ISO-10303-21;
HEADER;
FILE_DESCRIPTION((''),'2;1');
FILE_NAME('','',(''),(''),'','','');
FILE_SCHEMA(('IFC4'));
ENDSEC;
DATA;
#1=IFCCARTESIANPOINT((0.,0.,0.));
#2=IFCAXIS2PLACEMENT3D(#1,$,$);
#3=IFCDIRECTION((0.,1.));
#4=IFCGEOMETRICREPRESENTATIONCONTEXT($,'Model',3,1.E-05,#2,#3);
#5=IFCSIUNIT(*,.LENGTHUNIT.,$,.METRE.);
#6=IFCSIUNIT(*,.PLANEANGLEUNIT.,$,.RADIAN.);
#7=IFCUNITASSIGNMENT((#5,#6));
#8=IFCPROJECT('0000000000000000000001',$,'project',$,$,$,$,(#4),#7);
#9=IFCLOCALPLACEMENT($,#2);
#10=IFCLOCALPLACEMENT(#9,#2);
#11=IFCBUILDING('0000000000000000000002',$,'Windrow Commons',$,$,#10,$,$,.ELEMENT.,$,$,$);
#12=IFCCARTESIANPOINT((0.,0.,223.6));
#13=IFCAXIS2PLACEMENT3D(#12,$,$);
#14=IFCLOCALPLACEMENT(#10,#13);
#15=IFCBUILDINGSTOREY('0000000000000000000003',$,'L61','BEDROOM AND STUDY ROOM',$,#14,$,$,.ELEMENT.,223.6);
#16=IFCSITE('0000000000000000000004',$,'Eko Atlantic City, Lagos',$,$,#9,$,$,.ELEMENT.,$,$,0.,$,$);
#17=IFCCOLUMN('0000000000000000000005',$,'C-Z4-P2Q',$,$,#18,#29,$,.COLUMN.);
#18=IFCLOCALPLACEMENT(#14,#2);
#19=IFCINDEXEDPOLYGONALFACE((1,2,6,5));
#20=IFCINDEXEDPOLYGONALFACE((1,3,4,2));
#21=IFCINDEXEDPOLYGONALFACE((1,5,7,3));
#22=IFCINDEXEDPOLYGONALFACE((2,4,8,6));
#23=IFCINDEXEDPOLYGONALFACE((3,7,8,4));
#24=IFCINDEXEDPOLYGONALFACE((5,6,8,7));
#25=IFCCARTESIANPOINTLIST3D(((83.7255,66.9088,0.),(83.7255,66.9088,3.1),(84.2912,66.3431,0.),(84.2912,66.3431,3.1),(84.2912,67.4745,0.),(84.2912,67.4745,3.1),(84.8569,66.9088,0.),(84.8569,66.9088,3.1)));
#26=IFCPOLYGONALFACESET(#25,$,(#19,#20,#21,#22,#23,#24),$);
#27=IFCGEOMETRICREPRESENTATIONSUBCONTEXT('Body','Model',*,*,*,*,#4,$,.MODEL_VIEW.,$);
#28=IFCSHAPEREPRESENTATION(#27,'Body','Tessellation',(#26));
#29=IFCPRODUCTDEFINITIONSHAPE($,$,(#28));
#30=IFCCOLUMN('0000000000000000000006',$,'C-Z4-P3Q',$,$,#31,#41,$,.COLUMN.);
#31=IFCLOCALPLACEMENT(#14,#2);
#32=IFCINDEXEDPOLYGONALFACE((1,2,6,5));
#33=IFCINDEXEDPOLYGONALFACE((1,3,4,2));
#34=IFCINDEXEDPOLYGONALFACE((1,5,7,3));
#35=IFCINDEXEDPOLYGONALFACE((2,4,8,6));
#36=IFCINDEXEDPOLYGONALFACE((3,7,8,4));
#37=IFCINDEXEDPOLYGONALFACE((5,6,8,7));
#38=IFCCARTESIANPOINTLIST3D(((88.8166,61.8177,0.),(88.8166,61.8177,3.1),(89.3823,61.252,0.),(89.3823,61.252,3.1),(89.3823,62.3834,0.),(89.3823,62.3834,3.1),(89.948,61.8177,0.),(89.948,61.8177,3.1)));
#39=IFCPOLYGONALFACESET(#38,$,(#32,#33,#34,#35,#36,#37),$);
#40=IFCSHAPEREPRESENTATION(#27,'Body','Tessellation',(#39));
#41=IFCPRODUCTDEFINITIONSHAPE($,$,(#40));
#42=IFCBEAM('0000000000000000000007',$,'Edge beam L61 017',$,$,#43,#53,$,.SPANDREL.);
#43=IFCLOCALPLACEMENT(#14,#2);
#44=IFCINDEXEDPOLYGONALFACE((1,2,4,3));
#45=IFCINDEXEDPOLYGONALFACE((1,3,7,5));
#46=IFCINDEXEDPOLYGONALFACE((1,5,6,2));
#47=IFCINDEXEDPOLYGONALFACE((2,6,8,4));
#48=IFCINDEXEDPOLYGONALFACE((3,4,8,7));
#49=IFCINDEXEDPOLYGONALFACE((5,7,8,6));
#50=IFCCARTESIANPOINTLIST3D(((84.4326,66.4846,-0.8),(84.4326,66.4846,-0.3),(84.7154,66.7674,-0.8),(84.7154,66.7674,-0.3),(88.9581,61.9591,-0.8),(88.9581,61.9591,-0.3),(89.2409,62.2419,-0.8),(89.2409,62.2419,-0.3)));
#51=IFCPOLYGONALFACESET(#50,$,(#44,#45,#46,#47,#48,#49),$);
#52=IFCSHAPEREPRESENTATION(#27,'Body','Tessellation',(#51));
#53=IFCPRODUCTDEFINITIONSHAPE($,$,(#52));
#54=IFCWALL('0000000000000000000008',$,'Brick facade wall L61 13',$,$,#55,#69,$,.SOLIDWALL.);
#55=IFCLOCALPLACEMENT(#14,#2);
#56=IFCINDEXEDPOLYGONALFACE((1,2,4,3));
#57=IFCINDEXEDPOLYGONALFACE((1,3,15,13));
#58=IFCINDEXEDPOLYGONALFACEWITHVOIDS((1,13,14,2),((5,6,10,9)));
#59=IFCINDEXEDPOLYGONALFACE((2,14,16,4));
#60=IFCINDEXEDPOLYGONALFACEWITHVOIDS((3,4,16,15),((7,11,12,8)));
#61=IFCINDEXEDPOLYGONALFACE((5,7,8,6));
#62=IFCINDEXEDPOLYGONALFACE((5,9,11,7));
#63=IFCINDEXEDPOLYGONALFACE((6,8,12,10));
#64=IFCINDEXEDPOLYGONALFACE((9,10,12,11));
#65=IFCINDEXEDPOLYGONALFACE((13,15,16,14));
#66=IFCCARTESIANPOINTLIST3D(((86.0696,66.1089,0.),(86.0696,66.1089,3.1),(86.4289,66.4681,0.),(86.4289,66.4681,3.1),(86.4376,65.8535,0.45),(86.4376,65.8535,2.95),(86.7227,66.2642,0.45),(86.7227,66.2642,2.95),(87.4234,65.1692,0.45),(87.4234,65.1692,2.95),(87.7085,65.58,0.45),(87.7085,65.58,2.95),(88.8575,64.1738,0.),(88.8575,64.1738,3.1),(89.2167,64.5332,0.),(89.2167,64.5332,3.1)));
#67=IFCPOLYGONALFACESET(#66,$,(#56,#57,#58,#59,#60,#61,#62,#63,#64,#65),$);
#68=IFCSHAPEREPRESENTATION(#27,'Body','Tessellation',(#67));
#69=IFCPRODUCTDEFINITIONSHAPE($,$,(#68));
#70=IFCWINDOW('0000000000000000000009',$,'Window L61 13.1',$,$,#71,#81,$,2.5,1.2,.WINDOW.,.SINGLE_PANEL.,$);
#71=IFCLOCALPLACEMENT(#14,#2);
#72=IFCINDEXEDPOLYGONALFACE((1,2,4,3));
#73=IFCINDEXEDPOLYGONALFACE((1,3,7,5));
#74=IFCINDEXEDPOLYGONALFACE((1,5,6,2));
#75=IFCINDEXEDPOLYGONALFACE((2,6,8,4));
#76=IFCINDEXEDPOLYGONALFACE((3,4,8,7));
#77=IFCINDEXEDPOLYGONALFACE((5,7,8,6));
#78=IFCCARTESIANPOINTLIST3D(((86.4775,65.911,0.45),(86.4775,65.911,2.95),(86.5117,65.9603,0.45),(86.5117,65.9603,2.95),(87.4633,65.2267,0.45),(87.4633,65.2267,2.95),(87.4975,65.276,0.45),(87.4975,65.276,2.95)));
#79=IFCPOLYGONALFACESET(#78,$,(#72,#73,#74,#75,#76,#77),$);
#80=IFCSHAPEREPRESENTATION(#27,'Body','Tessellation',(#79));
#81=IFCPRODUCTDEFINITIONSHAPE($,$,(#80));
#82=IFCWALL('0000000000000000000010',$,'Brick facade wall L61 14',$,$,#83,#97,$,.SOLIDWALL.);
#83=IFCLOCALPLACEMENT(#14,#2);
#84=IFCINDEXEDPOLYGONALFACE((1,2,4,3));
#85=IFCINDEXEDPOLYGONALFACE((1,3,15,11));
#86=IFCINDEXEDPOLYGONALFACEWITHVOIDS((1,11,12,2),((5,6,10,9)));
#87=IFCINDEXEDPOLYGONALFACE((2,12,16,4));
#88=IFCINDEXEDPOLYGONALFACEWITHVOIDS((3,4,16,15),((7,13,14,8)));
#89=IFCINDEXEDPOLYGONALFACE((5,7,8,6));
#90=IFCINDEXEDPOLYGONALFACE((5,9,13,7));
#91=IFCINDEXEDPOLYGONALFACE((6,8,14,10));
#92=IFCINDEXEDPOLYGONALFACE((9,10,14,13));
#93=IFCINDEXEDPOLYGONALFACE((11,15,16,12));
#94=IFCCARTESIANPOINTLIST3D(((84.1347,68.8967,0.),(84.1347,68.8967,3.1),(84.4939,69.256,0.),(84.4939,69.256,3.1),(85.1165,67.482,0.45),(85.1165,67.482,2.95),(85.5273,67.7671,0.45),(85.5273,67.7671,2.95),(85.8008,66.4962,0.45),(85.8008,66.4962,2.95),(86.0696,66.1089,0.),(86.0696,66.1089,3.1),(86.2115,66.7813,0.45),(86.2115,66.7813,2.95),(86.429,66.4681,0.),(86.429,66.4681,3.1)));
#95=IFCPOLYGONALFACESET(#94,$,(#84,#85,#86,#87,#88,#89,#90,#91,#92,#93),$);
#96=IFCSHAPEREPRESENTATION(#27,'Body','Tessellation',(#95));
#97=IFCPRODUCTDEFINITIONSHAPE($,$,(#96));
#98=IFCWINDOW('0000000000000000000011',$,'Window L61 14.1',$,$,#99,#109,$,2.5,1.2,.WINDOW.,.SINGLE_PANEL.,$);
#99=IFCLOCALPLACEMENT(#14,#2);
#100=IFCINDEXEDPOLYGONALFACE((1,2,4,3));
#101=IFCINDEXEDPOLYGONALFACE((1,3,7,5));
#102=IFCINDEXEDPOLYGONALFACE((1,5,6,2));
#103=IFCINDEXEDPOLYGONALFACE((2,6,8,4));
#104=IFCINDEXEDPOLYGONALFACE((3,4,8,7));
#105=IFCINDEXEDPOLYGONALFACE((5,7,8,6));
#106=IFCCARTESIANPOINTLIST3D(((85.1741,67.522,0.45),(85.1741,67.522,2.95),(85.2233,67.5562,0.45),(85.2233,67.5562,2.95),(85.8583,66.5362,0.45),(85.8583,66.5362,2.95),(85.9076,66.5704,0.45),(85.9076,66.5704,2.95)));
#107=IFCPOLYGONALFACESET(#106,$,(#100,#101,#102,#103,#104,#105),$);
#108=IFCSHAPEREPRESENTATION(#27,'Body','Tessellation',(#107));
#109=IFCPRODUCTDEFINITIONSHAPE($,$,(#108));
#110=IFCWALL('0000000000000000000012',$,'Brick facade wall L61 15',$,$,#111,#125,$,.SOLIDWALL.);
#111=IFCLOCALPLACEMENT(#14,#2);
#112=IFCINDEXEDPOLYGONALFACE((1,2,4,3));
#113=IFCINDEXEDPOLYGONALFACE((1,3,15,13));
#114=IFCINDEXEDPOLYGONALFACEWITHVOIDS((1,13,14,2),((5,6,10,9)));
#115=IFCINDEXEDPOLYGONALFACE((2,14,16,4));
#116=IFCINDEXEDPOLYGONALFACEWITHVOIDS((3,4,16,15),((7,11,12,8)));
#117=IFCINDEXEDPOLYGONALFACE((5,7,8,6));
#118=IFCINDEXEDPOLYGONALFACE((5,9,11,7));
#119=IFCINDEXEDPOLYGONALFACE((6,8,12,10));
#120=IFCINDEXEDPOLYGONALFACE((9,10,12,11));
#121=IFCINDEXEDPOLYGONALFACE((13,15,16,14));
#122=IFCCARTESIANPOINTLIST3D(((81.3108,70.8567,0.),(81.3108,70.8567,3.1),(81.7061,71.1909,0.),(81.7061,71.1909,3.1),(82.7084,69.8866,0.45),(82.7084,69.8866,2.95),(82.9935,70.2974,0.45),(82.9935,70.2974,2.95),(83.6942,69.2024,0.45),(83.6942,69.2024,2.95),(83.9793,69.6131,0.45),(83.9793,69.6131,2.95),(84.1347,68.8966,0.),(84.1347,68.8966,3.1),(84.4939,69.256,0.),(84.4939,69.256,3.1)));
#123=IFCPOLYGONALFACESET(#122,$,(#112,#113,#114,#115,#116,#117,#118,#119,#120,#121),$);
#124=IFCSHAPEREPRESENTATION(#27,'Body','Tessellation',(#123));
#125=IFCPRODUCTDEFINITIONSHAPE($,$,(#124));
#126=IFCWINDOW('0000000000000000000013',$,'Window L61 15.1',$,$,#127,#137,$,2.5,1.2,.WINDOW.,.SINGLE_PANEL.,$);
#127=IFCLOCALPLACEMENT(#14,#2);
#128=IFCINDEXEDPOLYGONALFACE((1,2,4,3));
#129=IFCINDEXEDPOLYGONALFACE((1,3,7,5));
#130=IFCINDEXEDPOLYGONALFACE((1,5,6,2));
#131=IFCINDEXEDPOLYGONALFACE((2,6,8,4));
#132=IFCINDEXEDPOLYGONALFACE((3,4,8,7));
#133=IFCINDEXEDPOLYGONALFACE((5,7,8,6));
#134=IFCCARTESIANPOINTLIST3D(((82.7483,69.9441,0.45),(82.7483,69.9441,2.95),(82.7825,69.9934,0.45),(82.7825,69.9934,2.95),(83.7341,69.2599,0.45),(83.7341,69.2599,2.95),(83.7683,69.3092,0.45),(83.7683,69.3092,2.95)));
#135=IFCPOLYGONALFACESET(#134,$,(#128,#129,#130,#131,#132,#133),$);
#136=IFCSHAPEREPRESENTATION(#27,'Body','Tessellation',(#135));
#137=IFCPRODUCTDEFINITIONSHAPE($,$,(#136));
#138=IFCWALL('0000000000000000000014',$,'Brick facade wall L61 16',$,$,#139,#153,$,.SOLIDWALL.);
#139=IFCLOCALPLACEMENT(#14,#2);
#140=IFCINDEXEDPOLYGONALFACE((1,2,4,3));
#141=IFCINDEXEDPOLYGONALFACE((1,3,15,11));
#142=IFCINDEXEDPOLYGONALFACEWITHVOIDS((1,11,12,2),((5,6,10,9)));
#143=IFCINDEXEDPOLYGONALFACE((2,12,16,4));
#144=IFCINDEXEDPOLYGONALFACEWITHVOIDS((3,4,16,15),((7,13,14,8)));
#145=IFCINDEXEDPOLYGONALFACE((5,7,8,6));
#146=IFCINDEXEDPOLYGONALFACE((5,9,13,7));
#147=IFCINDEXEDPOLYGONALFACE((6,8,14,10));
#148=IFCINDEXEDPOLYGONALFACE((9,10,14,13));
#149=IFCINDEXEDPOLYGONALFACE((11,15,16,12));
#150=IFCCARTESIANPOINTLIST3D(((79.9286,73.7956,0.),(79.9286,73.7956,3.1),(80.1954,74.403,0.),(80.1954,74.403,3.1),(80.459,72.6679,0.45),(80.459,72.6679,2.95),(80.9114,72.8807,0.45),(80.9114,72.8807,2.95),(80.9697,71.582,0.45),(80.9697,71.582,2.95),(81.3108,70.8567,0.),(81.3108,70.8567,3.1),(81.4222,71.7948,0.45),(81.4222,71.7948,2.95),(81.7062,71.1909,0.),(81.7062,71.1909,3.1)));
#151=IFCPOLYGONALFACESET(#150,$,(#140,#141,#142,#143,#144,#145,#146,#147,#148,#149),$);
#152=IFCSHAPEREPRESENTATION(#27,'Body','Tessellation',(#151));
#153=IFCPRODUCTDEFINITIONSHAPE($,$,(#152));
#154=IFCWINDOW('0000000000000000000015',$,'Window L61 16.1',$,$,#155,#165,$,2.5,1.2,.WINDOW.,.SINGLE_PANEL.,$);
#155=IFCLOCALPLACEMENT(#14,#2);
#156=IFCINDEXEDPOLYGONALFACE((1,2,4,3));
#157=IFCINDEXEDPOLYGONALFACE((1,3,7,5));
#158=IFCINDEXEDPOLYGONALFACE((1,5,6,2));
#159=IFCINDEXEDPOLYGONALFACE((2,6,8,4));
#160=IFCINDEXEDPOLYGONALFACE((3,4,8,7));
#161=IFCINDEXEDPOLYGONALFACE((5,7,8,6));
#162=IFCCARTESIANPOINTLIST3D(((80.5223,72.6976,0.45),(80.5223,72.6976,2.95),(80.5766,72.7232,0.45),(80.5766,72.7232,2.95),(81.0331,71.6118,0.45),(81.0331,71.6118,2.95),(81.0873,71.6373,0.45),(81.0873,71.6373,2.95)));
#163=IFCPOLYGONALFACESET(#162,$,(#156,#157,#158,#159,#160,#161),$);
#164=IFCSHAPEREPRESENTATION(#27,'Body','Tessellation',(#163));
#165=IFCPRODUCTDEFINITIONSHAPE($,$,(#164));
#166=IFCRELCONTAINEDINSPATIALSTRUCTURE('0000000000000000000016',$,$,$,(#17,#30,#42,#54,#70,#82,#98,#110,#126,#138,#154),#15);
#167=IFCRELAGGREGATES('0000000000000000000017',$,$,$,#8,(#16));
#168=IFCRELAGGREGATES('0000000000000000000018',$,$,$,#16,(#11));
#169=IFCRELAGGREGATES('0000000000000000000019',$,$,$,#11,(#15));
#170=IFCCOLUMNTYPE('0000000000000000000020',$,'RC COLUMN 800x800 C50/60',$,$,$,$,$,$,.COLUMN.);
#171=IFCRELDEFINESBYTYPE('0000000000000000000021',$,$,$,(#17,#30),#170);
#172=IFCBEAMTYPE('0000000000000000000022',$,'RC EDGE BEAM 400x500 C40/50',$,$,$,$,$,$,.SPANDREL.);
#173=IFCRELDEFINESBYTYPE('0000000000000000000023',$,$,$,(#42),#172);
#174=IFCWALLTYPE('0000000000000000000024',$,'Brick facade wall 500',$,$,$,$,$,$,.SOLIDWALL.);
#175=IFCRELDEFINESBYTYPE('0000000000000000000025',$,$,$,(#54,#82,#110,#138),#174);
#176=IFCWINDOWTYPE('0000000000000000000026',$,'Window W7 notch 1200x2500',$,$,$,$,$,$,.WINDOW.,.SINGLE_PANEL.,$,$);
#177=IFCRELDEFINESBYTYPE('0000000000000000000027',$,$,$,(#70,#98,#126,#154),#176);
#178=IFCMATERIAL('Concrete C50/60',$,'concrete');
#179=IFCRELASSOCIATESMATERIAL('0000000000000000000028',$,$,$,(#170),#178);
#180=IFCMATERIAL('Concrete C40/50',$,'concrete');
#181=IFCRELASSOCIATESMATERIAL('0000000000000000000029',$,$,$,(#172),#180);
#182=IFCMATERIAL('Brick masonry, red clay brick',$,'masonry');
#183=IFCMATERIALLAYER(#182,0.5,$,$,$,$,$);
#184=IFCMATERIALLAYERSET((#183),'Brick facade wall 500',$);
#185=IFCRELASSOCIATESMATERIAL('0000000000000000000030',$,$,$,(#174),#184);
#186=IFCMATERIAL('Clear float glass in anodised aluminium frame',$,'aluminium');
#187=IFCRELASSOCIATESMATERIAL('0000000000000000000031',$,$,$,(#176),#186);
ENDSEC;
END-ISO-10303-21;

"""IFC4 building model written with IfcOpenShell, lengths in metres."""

from ifc_helpers import new_model, si_unit, direction, frame, frame_2d, origin, origin_2d, place, context, subcontext, project, spatial, polyline, rectangle, outline, extrude, material, layer, layer_set, material_profile, profile_set, type_object, element, fill, save


model = new_model("IFC4")

# Units and contexts
model_context = context("Model", 3, precision=1e-05, world=origin(), true_north=direction((0.0, 1.0)))
body_context = subcontext(model_context, "Body", "Model", "MODEL_VIEW")
ifc_project = project(units=[si_unit("LENGTHUNIT", "METRE"), si_unit("PLANEANGLEUNIT", "RADIAN")], contexts=[model_context])

# Site, building, storey
site_placement = place(None, origin())
site = spatial("IfcSite", under=ifc_project, at=site_placement, Name="Eko Atlantic City, Lagos", CompositionType="ELEMENT", RefElevation=0.0)
building_placement = place(site_placement, origin())
building = spatial("IfcBuilding", under=site, at=building_placement, Name="Windrow Commons", CompositionType="ELEMENT")
storey_placement = place(building_placement, frame((0.0, 0.0, 223.6)))
storey = spatial("IfcBuildingStorey", under=building, at=storey_placement, Name="L61", Description="BEDROOM AND STUDY ROOM", CompositionType="ELEMENT", Elevation=223.6)

# Columns
ifc_material_1 = material(Name="Concrete C50/60", Category="concrete")
ifc_material_profile_1 = material_profile(ifc_material_1, rectangle(XDim=0.8, YDim=0.8, at=origin_2d()))
ifc_profile_set_1 = profile_set([ifc_material_profile_1], Name="Concrete C50/60")
column_type = type_object("IfcColumnType", Name="RC COLUMN 800x800 C50/60", PredefinedType="COLUMN", material=ifc_profile_set_1)
for number, where, z_axis, x_axis, name in (
    (1, (84.2912, 66.9088, 0.0), (0.0, 0.0, 1.0), (0.707107, -0.707107, 0.0), "C-Z4-P2Q"),
    (2, (89.3823, 61.8177, 0.0), (0.0, 0.0, 1.0), (0.707107, -0.707107, 0.0), "C-Z4-P3Q"),
):
    element("IfcColumn", number, at=place(storey_placement, frame(where, z_axis=z_axis, x_axis=x_axis)), inside=storey, type_object=column_type, Name=name, PredefinedType="COLUMN", context=body_context, shape_type="SweptSolid", body=[
        extrude(rectangle(XDim=0.8, YDim=0.8, at=origin_2d()), origin(), (0.0, 0.0, 1.0), 3.1),
    ])

# Beam
ifc_material_2 = material(Name="Concrete C40/50", Category="concrete")
ifc_material_profile_2 = material_profile(ifc_material_2, rectangle(XDim=0.4, YDim=0.5, at=origin_2d()))
ifc_profile_set_2 = profile_set([ifc_material_profile_2], Name="Concrete C40/50")
beam_type = type_object("IfcBeamType", Name="RC EDGE BEAM 400x500 C40/50", PredefinedType="SPANDREL", material=ifc_profile_set_2)
beam_placement = place(storey_placement, frame((84.574, 66.626, -0.55), z_axis=(0.707107, -0.707107, 0.0), x_axis=(0.707107, 0.707107, 0.0)))
element("IfcBeam", 3, at=beam_placement, inside=storey, type_object=beam_type, Name="Edge beam L61 017", PredefinedType="SPANDREL", context=body_context, shape_type="SweptSolid", body=[
    extrude(rectangle(XDim=0.4, YDim=0.5, at=origin_2d()), origin(), (0.0, 0.0, 1.0), 6.4),
])

# Walls, openings, windows
ifc_material_3 = material(Name="Brick masonry, red clay brick", Category="masonry")
ifc_layer_1 = layer(ifc_material_3, 0.5)
ifc_layer_set_1 = layer_set([ifc_layer_1], Name="Brick facade wall 500")
wall_type_1 = type_object("IfcWallType", Name="Brick facade wall 500", PredefinedType="SOLIDWALL", material=ifc_layer_set_1)
wall_1_placement = place(storey_placement, frame((89.0371, 64.3535, 0.0), z_axis=(0.0, 0.0, 1.0), x_axis=(-0.821504, 0.570203, 0.0)))
wall_1 = element("IfcWall", 4, at=wall_1_placement, inside=storey, type_object=wall_type_1, Name="Brick facade wall L61 13", PredefinedType="SOLIDWALL", context=body_context, shape_type="SweptSolid", body=[
    extrude(outline(polyline([(-0.0451, -0.25), (3.3484, -0.25), (3.4387, 0.25), (0.0451, 0.25), (-0.0451, -0.25)])), origin(), (0.0, 0.0, 1.0), 3.1),
])
opening_1_placement = place(wall_1_placement, frame((1.7908, 0.0, 0.45)))
opening_1 = element("IfcOpeningElement", 5, at=opening_1_placement, cuts=wall_1, PredefinedType="OPENING", context=body_context, shape_type="SweptSolid", body=[
    extrude(rectangle(XDim=1.2, YDim=2.5, at=frame_2d((0.6, 1.25))), frame((0.0, 0.26, 0.0), z_axis=(0.0, -1.0, 0.0), x_axis=(1.0, 0.0, 0.0)), (0.0, 0.0, 1.0), 0.52),
])
ifc_material_4 = material(Name="Clear float glass in anodised aluminium frame", Category="aluminium")
window_type = type_object("IfcWindowType", Name="Window W7 notch 1200x2500", PartitioningType="SINGLE_PANEL", PredefinedType="WINDOW", material=ifc_material_4)
window_1_placement = place(opening_1_placement, origin())
window_1 = element("IfcWindow", 6, at=window_1_placement, inside=storey, type_object=window_type, Name="Window L61 13.1", OverallHeight=2.5, OverallWidth=1.2, PartitioningType="SINGLE_PANEL", PredefinedType="WINDOW", context=body_context, shape_type="SweptSolid", body=[
    extrude(rectangle(XDim=1.2, YDim=2.5, at=frame_2d((0.6, 1.25))), frame((0.0, 0.18, 0.0), z_axis=(0.0, -1.0, 0.0), x_axis=(1.0, 0.0, 0.0)), (0.0, 0.0, 1.0), 0.06),
])
fill(opening_1, window_1)
wall_2_placement = place(storey_placement, frame((86.2493, 66.2885, 0.0), z_axis=(0.0, 0.0, 1.0), x_axis=(-0.570203, 0.821504, 0.0)))
wall_2 = element("IfcWall", 7, at=wall_2_placement, inside=storey, type_object=wall_type_1, Name="Brick facade wall L61 14", PredefinedType="SOLIDWALL", context=body_context, shape_type="SweptSolid", body=[
    extrude(outline(polyline([(0.0451, -0.25), (3.4387, -0.25), (3.3484, 0.25), (-0.0451, 0.25), (0.0451, -0.25)])), origin(), (0.0, 0.0, 1.0), 3.1),
])
opening_2_placement = place(wall_2_placement, frame((0.4264, 0.0, 0.45)))
opening_2 = element("IfcOpeningElement", 8, at=opening_2_placement, cuts=wall_2, PredefinedType="OPENING", context=body_context, shape_type="SweptSolid", body=[
    extrude(rectangle(XDim=1.2, YDim=2.5, at=frame_2d((0.6, 1.25))), frame((0.0, 0.26, 0.0), z_axis=(0.0, -1.0, 0.0), x_axis=(1.0, 0.0, 0.0)), (0.0, 0.0, 1.0), 0.52),
])
window_2_placement = place(opening_2_placement, origin())
window_2 = element("IfcWindow", 9, at=window_2_placement, inside=storey, type_object=window_type, Name="Window L61 14.1", OverallHeight=2.5, OverallWidth=1.2, PartitioningType="SINGLE_PANEL", PredefinedType="WINDOW", context=body_context, shape_type="SweptSolid", body=[
    extrude(rectangle(XDim=1.2, YDim=2.5, at=frame_2d((0.6, 1.25))), frame((0.0, 0.18, 0.0), z_axis=(0.0, -1.0, 0.0), x_axis=(1.0, 0.0, 0.0)), (0.0, 0.0, 1.0), 0.06),
])
fill(opening_2, window_2)
wall_3_placement = place(storey_placement, frame((84.3143, 69.0763, 0.0), z_axis=(0.0, 0.0, 1.0), x_axis=(-0.821503, 0.570204, 0.0)))
wall_3 = element("IfcWall", 10, at=wall_3_placement, inside=storey, type_object=wall_type_1, Name="Brick facade wall L61 15", PredefinedType="SOLIDWALL", context=body_context, shape_type="SweptSolid", body=[
    extrude(outline(polyline([(-0.0451, -0.25), (3.3484, -0.25), (3.4826, 0.25), (0.0451, 0.25), (-0.0451, -0.25)])), origin(), (0.0, 0.0, 1.0), 3.1),
])
opening_3_placement = place(wall_3_placement, frame((0.5813, 0.0, 0.45)))
opening_3 = element("IfcOpeningElement", 11, at=opening_3_placement, cuts=wall_3, PredefinedType="OPENING", context=body_context, shape_type="SweptSolid", body=[
    extrude(rectangle(XDim=1.2, YDim=2.5, at=frame_2d((0.6, 1.25))), frame((0.0, 0.26, 0.0), z_axis=(0.0, -1.0, 0.0), x_axis=(1.0, 0.0, 0.0)), (0.0, 0.0, 1.0), 0.52),
])
window_3_placement = place(opening_3_placement, origin())
window_3 = element("IfcWindow", 12, at=window_3_placement, inside=storey, type_object=window_type, Name="Window L61 15.1", OverallHeight=2.5, OverallWidth=1.2, PartitioningType="SINGLE_PANEL", PredefinedType="WINDOW", context=body_context, shape_type="SweptSolid", body=[
    extrude(rectangle(XDim=1.2, YDim=2.5, at=frame_2d((0.6, 1.25))), frame((0.0, 0.18, 0.0), z_axis=(0.0, -1.0, 0.0), x_axis=(1.0, 0.0, 0.0)), (0.0, 0.0, 1.0), 0.06),
])
fill(opening_3, window_3)
wall_4_placement = place(storey_placement, frame((81.5085, 71.0238, 0.0), z_axis=(0.0, 0.0, 1.0), x_axis=(-0.425606, 0.904909, 0.0)))
wall_4 = element("IfcWall", 13, at=wall_4_placement, inside=storey, type_object=wall_type_1, Name="Brick facade wall L61 16", PredefinedType="SOLIDWALL", context=body_context, shape_type="SweptSolid", body=[
    extrude(outline(polyline([(0.0671, -0.25), (3.6167, -0.25), (3.1806, 0.25), (-0.0671, 0.25), (0.0671, -0.25)])), origin(), (0.0, 0.0, 1.0), 3.1),
])
opening_4_placement = place(wall_4_placement, frame((0.7344, 0.0, 0.45)))
opening_4 = element("IfcOpeningElement", 14, at=opening_4_placement, cuts=wall_4, PredefinedType="OPENING", context=body_context, shape_type="SweptSolid", body=[
    extrude(rectangle(XDim=1.2, YDim=2.5, at=frame_2d((0.6, 1.25))), frame((0.0, 0.26, 0.0), z_axis=(0.0, -1.0, 0.0), x_axis=(1.0, 0.0, 0.0)), (0.0, 0.0, 1.0), 0.52),
])
window_4_placement = place(opening_4_placement, origin())
window_4 = element("IfcWindow", 15, at=window_4_placement, inside=storey, type_object=window_type, Name="Window L61 16.1", OverallHeight=2.5, OverallWidth=1.2, PartitioningType="SINGLE_PANEL", PredefinedType="WINDOW", context=body_context, shape_type="SweptSolid", body=[
    extrude(rectangle(XDim=1.2, YDim=2.5, at=frame_2d((0.6, 1.25))), frame((0.0, 0.18, 0.0), z_axis=(0.0, -1.0, 0.0), x_axis=(1.0, 0.0, 0.0)), (0.0, 0.0, 1.0), 0.06),
])
fill(opening_4, window_4)

save(model, "model.ifc")
